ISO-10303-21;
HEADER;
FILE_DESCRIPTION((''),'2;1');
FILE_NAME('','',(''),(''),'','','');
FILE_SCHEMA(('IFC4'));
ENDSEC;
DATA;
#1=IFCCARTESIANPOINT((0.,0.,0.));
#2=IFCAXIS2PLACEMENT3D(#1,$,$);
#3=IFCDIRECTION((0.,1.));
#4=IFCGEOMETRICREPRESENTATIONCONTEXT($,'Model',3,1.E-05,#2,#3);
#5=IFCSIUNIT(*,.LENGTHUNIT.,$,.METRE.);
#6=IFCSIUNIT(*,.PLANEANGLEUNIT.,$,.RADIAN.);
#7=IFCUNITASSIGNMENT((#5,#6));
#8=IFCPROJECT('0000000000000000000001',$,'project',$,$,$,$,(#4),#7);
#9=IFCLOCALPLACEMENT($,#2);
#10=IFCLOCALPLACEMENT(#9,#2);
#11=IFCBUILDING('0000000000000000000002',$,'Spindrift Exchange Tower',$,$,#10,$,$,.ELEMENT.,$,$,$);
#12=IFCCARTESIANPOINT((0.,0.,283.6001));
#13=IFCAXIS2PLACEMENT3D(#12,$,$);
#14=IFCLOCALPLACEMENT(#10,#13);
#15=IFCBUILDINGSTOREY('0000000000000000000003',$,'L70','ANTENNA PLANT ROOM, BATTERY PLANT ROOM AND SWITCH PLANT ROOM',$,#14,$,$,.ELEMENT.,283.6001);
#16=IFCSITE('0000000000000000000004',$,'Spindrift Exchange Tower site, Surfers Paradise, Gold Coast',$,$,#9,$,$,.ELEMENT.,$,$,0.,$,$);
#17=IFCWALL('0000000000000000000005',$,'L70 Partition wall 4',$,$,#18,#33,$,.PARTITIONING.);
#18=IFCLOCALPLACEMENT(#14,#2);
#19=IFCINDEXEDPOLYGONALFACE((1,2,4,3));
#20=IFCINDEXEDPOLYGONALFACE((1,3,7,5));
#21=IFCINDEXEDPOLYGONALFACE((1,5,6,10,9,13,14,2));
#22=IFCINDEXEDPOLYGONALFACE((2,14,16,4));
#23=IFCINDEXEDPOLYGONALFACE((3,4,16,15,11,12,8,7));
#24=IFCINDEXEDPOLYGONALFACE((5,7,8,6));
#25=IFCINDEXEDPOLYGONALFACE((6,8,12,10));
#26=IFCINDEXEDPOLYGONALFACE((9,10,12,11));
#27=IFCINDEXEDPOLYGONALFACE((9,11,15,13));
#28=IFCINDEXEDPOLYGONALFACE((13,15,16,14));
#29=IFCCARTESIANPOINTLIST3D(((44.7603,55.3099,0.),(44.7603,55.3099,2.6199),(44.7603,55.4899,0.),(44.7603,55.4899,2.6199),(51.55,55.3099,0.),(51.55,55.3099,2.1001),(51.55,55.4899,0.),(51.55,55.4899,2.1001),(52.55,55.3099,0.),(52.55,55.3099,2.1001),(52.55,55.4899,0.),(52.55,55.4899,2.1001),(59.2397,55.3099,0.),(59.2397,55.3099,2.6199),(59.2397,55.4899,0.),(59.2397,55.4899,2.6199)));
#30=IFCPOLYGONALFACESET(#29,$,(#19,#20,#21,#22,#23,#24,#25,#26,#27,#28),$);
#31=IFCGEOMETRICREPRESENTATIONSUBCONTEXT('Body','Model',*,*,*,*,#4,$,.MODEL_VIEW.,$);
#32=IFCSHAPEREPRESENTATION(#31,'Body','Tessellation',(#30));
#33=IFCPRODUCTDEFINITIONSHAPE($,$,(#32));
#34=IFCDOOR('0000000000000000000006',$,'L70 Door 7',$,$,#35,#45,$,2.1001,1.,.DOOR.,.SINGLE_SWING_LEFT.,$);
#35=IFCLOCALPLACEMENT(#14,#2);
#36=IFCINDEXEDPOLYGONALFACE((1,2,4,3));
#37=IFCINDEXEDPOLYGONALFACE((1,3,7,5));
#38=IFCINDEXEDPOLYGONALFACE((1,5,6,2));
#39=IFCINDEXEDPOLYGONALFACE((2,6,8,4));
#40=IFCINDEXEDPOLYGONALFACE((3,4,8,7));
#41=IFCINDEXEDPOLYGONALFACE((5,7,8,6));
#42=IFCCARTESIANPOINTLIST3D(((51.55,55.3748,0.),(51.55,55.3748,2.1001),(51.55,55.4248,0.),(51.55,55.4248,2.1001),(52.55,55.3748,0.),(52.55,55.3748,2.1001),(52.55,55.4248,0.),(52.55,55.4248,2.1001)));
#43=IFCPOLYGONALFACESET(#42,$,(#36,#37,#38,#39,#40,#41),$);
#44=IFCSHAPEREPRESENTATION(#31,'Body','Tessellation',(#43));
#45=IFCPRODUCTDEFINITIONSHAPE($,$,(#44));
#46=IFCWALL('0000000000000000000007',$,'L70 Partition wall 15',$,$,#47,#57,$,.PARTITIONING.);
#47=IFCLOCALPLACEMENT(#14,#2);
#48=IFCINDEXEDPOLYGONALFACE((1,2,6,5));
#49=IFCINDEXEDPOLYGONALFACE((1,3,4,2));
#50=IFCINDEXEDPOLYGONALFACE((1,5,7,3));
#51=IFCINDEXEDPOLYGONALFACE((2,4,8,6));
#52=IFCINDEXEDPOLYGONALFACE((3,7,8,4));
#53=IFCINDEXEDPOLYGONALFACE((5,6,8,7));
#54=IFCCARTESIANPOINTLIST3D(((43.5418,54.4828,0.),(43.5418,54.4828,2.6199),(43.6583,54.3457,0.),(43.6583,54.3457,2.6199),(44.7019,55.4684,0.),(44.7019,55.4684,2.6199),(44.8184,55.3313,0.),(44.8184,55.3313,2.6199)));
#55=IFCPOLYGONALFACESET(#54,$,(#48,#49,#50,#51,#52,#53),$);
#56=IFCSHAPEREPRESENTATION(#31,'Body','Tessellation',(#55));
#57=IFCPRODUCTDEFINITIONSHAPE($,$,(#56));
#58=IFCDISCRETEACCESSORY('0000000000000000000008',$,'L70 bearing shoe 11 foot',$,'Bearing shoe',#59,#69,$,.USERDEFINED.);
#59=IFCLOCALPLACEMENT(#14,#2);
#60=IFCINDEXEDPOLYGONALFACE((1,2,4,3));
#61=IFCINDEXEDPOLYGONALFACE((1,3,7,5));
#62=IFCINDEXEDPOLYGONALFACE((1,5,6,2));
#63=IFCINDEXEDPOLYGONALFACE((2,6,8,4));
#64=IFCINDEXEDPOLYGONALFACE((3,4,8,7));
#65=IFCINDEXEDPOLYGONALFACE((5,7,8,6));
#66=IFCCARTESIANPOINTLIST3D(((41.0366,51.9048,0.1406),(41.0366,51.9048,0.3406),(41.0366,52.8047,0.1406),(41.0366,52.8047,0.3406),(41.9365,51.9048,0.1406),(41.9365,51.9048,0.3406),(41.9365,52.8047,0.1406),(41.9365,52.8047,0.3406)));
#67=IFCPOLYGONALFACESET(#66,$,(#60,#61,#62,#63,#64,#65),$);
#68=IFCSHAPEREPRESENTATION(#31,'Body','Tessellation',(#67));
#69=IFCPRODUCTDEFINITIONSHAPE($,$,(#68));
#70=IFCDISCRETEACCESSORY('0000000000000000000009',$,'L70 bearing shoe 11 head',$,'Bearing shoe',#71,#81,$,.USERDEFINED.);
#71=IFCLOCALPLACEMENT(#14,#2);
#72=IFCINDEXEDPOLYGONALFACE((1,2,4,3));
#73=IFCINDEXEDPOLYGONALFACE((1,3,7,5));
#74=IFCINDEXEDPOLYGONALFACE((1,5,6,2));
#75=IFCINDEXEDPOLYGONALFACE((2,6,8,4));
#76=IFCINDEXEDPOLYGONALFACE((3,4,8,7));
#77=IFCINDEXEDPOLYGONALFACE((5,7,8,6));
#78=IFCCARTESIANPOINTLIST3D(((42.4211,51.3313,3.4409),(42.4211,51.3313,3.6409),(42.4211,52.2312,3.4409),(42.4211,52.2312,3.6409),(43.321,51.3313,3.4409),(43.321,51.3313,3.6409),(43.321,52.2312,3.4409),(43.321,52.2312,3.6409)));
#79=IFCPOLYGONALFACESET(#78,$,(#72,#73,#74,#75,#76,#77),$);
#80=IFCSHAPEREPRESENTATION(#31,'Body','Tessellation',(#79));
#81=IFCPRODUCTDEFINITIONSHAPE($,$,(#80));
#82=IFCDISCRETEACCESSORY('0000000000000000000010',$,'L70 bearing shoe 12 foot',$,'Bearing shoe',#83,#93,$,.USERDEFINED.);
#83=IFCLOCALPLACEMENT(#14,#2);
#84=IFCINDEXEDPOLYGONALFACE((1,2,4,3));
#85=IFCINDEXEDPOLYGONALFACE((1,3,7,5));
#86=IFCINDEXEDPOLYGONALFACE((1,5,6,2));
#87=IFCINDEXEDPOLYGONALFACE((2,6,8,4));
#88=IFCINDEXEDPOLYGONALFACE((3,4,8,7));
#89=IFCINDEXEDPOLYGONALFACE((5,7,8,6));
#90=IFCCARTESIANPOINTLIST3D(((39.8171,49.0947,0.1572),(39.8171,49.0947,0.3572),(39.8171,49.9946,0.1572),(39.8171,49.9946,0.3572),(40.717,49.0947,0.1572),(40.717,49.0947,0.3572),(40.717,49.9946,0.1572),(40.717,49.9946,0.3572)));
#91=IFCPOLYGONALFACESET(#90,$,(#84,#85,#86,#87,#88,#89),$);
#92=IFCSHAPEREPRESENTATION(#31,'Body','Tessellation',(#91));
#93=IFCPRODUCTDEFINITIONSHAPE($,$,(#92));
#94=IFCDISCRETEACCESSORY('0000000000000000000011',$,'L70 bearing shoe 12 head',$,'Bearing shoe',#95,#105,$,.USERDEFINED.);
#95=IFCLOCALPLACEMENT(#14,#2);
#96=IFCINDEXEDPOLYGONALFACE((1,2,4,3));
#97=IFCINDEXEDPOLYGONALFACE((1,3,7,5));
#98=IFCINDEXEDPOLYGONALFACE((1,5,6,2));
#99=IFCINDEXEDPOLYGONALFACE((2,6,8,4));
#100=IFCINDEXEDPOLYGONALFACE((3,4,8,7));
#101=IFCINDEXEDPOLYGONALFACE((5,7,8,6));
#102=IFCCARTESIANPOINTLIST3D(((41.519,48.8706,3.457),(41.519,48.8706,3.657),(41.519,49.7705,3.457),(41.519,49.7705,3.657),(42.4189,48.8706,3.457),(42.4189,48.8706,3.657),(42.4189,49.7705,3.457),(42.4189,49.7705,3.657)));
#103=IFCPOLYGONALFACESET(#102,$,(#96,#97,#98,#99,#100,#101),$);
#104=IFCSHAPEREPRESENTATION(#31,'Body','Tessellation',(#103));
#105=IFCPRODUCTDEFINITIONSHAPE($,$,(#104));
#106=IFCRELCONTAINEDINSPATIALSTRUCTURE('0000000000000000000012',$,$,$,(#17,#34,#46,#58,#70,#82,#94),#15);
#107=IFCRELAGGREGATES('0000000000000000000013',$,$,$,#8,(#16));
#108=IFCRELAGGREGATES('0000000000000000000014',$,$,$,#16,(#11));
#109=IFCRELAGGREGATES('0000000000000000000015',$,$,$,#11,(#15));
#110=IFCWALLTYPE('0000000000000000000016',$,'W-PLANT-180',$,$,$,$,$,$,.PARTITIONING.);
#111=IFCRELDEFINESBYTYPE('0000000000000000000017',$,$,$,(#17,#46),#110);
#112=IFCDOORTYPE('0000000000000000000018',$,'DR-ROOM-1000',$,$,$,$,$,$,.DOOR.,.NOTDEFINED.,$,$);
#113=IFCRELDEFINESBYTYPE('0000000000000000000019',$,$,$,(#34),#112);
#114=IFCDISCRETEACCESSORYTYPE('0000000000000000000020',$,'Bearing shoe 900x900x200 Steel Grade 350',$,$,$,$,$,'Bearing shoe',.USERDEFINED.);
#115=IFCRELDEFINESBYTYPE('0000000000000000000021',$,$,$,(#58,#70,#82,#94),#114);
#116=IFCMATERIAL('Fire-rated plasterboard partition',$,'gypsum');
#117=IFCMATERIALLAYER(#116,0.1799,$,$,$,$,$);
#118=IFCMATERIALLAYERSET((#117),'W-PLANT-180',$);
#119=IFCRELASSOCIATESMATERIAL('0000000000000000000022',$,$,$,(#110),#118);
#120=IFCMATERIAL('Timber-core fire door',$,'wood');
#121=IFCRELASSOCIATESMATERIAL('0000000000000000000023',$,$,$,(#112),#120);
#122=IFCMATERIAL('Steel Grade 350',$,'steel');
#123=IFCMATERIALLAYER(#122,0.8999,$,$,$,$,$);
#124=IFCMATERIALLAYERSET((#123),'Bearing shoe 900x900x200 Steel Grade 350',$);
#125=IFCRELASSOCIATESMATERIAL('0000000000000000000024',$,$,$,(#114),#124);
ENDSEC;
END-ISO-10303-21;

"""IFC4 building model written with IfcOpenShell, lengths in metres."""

from ifc_helpers import new_model, si_unit, direction, frame, frame_2d, origin, origin_2d, place, context, subcontext, project, spatial, rectangle, extrude, source, transform, mapped, material, layer, layer_set, type_object, element, fill, save


model = new_model("IFC4")

# Units and contexts
model_context = context("Model", 3, precision=1e-05, world=origin(), true_north=direction((0.0, 1.0)))
body_context = subcontext(model_context, "Body", "Model", "MODEL_VIEW")
ifc_project = project(units=[si_unit("LENGTHUNIT", "METRE"), si_unit("PLANEANGLEUNIT", "RADIAN")], contexts=[model_context])

# Site, building, storey
site_placement = place(None, origin())
site = spatial("IfcSite", under=ifc_project, at=site_placement, Name="Spindrift Exchange Tower site, Surfers Paradise, Gold Coast", CompositionType="ELEMENT", RefElevation=0.0)
building_placement = place(site_placement, origin())
building = spatial("IfcBuilding", under=site, at=building_placement, Name="Spindrift Exchange Tower", CompositionType="ELEMENT")
storey_placement = place(building_placement, frame((0.0, 0.0, 283.6001)))
storey = spatial("IfcBuildingStorey", under=building, at=storey_placement, Name="L70", Description="ANTENNA PLANT ROOM, BATTERY PLANT ROOM AND SWITCH PLANT ROOM", CompositionType="ELEMENT", Elevation=283.6001)

# Wall, opening, door
ifc_material_1 = material(Name="Fire-rated plasterboard partition", Category="gypsum")
ifc_layer_1 = layer(ifc_material_1, 0.1799)
ifc_layer_set_1 = layer_set([ifc_layer_1], Name="W-PLANT-180")
wall_type = type_object("IfcWallType", Name="W-PLANT-180", PredefinedType="PARTITIONING", material=ifc_layer_set_1)
wall_1_placement = place(storey_placement, frame((44.7603, 55.3999, 0.0), z_axis=(0.0, 0.0, 1.0), x_axis=(1.0, 0.0, 0.0)))
wall_1 = element("IfcWall", 1, at=wall_1_placement, inside=storey, type_object=wall_type, Name="L70 Partition wall 4", PredefinedType="PARTITIONING", context=body_context, shape_type="SweptSolid", body=[
    extrude(rectangle(XDim=14.4795, YDim=0.1799, at=frame_2d((7.2397, 0.0))), origin(), (0.0, 0.0, 1.0), 2.6199),
])
opening_placement = place(wall_1_placement, frame((6.7898, 0.0, 0.0)))
opening = element("IfcOpeningElement", 2, at=opening_placement, cuts=wall_1, PredefinedType="OPENING", context=body_context, shape_type="SweptSolid", body=[
    extrude(rectangle(XDim=1.0, YDim=2.1001, at=frame_2d((0.5, 1.05))), frame((0.0, 0.0999, 0.0), z_axis=(0.0, -1.0, 0.0), x_axis=(1.0, 0.0, 0.0)), (0.0, 0.0, 1.0), 0.2),
])
ifc_material_2 = material(Name="Timber-core fire door", Category="wood")
door_type = type_object("IfcDoorType", Name="DR-ROOM-1000", OperationType="NOTDEFINED", PredefinedType="DOOR", material=ifc_material_2)
shared_shape_1 = source(origin(), body_context, "Body", "SweptSolid", [
    extrude(rectangle(XDim=1.0, YDim=2.1001, at=frame_2d((0.5, 1.05))), frame((0.0, 0.0249, 0.0), z_axis=(0.0, -1.0, 0.0), x_axis=(1.0, 0.0, 0.0)), (0.0, 0.0, 1.0), 0.05),
])
door_placement = place(opening_placement, origin())
door = element("IfcDoor", 3, at=door_placement, inside=storey, type_object=door_type, Name="L70 Door 7", OperationType="SINGLE_SWING_LEFT", OverallHeight=2.1001, OverallWidth=1.0, PredefinedType="DOOR", context=body_context, shape_type="MappedRepresentation", body=[
    mapped(shared_shape_1, transform((0.0, 0.0, 0.0), scale=1.0)),
])
fill(opening, door)

# Wall
wall_2_placement = place(storey_placement, frame((44.7603, 55.3999, 0.0), z_axis=(0.0, 0.0, 1.0), x_axis=(-0.762113, -0.647444, 0.0)))
element("IfcWall", 4, at=wall_2_placement, inside=storey, type_object=wall_type, Name="L70 Partition wall 15", PredefinedType="PARTITIONING", context=body_context, shape_type="SweptSolid", body=[
    extrude(rectangle(XDim=1.5222, YDim=0.1799, at=frame_2d((0.7612, 0.0))), origin(), (0.0, 0.0, 1.0), 2.6199),
])

# Discrete accessories
ifc_material_3 = material(Name="Steel Grade 350", Category="steel")
ifc_layer_2 = layer(ifc_material_3, 0.8999)
ifc_layer_set_2 = layer_set([ifc_layer_2], Name="Bearing shoe 900x900x200 Steel Grade 350")
discrete_accessory_type = type_object("IfcDiscreteAccessoryType", Name="Bearing shoe 900x900x200 Steel Grade 350", ElementType="Bearing shoe", PredefinedType="USERDEFINED", material=ifc_layer_set_2)
shared_shape_2 = source(origin(), body_context, "Body", "SweptSolid", [
    extrude(rectangle(XDim=0.8999, YDim=0.8999, at=origin_2d()), origin(), (0.0, 0.0, 1.0), 0.2),
])
for number, where, z_axis, x_axis, name in (
    (5, (41.4866, 52.3547, 0.1406), (0.0, 0.0, 1.0), (1.0, 0.0, 0.0), "L70 bearing shoe 11 foot"),
    (6, (42.8711, 51.7812, 3.4409), (0.0, 0.0, 1.0), (1.0, 0.0, 0.0), "L70 bearing shoe 11 head"),
    (7, (40.2671, 49.5447, 0.1572), (0.0, 0.0, 1.0), (1.0, 0.0, 0.0), "L70 bearing shoe 12 foot"),
    (8, (41.969, 49.3206, 3.457), (0.0, 0.0, 1.0), (1.0, 0.0, 0.0), "L70 bearing shoe 12 head"),
):
    element("IfcDiscreteAccessory", number, at=place(storey_placement, frame(where, z_axis=z_axis, x_axis=x_axis)), inside=storey, type_object=discrete_accessory_type, Name=name, ObjectType="Bearing shoe", PredefinedType="USERDEFINED", context=body_context, shape_type="MappedRepresentation", body=[
        mapped(shared_shape_2, transform((0.0, 0.0, 0.0), scale=1.0)),
    ])

save(model, "model.ifc")
